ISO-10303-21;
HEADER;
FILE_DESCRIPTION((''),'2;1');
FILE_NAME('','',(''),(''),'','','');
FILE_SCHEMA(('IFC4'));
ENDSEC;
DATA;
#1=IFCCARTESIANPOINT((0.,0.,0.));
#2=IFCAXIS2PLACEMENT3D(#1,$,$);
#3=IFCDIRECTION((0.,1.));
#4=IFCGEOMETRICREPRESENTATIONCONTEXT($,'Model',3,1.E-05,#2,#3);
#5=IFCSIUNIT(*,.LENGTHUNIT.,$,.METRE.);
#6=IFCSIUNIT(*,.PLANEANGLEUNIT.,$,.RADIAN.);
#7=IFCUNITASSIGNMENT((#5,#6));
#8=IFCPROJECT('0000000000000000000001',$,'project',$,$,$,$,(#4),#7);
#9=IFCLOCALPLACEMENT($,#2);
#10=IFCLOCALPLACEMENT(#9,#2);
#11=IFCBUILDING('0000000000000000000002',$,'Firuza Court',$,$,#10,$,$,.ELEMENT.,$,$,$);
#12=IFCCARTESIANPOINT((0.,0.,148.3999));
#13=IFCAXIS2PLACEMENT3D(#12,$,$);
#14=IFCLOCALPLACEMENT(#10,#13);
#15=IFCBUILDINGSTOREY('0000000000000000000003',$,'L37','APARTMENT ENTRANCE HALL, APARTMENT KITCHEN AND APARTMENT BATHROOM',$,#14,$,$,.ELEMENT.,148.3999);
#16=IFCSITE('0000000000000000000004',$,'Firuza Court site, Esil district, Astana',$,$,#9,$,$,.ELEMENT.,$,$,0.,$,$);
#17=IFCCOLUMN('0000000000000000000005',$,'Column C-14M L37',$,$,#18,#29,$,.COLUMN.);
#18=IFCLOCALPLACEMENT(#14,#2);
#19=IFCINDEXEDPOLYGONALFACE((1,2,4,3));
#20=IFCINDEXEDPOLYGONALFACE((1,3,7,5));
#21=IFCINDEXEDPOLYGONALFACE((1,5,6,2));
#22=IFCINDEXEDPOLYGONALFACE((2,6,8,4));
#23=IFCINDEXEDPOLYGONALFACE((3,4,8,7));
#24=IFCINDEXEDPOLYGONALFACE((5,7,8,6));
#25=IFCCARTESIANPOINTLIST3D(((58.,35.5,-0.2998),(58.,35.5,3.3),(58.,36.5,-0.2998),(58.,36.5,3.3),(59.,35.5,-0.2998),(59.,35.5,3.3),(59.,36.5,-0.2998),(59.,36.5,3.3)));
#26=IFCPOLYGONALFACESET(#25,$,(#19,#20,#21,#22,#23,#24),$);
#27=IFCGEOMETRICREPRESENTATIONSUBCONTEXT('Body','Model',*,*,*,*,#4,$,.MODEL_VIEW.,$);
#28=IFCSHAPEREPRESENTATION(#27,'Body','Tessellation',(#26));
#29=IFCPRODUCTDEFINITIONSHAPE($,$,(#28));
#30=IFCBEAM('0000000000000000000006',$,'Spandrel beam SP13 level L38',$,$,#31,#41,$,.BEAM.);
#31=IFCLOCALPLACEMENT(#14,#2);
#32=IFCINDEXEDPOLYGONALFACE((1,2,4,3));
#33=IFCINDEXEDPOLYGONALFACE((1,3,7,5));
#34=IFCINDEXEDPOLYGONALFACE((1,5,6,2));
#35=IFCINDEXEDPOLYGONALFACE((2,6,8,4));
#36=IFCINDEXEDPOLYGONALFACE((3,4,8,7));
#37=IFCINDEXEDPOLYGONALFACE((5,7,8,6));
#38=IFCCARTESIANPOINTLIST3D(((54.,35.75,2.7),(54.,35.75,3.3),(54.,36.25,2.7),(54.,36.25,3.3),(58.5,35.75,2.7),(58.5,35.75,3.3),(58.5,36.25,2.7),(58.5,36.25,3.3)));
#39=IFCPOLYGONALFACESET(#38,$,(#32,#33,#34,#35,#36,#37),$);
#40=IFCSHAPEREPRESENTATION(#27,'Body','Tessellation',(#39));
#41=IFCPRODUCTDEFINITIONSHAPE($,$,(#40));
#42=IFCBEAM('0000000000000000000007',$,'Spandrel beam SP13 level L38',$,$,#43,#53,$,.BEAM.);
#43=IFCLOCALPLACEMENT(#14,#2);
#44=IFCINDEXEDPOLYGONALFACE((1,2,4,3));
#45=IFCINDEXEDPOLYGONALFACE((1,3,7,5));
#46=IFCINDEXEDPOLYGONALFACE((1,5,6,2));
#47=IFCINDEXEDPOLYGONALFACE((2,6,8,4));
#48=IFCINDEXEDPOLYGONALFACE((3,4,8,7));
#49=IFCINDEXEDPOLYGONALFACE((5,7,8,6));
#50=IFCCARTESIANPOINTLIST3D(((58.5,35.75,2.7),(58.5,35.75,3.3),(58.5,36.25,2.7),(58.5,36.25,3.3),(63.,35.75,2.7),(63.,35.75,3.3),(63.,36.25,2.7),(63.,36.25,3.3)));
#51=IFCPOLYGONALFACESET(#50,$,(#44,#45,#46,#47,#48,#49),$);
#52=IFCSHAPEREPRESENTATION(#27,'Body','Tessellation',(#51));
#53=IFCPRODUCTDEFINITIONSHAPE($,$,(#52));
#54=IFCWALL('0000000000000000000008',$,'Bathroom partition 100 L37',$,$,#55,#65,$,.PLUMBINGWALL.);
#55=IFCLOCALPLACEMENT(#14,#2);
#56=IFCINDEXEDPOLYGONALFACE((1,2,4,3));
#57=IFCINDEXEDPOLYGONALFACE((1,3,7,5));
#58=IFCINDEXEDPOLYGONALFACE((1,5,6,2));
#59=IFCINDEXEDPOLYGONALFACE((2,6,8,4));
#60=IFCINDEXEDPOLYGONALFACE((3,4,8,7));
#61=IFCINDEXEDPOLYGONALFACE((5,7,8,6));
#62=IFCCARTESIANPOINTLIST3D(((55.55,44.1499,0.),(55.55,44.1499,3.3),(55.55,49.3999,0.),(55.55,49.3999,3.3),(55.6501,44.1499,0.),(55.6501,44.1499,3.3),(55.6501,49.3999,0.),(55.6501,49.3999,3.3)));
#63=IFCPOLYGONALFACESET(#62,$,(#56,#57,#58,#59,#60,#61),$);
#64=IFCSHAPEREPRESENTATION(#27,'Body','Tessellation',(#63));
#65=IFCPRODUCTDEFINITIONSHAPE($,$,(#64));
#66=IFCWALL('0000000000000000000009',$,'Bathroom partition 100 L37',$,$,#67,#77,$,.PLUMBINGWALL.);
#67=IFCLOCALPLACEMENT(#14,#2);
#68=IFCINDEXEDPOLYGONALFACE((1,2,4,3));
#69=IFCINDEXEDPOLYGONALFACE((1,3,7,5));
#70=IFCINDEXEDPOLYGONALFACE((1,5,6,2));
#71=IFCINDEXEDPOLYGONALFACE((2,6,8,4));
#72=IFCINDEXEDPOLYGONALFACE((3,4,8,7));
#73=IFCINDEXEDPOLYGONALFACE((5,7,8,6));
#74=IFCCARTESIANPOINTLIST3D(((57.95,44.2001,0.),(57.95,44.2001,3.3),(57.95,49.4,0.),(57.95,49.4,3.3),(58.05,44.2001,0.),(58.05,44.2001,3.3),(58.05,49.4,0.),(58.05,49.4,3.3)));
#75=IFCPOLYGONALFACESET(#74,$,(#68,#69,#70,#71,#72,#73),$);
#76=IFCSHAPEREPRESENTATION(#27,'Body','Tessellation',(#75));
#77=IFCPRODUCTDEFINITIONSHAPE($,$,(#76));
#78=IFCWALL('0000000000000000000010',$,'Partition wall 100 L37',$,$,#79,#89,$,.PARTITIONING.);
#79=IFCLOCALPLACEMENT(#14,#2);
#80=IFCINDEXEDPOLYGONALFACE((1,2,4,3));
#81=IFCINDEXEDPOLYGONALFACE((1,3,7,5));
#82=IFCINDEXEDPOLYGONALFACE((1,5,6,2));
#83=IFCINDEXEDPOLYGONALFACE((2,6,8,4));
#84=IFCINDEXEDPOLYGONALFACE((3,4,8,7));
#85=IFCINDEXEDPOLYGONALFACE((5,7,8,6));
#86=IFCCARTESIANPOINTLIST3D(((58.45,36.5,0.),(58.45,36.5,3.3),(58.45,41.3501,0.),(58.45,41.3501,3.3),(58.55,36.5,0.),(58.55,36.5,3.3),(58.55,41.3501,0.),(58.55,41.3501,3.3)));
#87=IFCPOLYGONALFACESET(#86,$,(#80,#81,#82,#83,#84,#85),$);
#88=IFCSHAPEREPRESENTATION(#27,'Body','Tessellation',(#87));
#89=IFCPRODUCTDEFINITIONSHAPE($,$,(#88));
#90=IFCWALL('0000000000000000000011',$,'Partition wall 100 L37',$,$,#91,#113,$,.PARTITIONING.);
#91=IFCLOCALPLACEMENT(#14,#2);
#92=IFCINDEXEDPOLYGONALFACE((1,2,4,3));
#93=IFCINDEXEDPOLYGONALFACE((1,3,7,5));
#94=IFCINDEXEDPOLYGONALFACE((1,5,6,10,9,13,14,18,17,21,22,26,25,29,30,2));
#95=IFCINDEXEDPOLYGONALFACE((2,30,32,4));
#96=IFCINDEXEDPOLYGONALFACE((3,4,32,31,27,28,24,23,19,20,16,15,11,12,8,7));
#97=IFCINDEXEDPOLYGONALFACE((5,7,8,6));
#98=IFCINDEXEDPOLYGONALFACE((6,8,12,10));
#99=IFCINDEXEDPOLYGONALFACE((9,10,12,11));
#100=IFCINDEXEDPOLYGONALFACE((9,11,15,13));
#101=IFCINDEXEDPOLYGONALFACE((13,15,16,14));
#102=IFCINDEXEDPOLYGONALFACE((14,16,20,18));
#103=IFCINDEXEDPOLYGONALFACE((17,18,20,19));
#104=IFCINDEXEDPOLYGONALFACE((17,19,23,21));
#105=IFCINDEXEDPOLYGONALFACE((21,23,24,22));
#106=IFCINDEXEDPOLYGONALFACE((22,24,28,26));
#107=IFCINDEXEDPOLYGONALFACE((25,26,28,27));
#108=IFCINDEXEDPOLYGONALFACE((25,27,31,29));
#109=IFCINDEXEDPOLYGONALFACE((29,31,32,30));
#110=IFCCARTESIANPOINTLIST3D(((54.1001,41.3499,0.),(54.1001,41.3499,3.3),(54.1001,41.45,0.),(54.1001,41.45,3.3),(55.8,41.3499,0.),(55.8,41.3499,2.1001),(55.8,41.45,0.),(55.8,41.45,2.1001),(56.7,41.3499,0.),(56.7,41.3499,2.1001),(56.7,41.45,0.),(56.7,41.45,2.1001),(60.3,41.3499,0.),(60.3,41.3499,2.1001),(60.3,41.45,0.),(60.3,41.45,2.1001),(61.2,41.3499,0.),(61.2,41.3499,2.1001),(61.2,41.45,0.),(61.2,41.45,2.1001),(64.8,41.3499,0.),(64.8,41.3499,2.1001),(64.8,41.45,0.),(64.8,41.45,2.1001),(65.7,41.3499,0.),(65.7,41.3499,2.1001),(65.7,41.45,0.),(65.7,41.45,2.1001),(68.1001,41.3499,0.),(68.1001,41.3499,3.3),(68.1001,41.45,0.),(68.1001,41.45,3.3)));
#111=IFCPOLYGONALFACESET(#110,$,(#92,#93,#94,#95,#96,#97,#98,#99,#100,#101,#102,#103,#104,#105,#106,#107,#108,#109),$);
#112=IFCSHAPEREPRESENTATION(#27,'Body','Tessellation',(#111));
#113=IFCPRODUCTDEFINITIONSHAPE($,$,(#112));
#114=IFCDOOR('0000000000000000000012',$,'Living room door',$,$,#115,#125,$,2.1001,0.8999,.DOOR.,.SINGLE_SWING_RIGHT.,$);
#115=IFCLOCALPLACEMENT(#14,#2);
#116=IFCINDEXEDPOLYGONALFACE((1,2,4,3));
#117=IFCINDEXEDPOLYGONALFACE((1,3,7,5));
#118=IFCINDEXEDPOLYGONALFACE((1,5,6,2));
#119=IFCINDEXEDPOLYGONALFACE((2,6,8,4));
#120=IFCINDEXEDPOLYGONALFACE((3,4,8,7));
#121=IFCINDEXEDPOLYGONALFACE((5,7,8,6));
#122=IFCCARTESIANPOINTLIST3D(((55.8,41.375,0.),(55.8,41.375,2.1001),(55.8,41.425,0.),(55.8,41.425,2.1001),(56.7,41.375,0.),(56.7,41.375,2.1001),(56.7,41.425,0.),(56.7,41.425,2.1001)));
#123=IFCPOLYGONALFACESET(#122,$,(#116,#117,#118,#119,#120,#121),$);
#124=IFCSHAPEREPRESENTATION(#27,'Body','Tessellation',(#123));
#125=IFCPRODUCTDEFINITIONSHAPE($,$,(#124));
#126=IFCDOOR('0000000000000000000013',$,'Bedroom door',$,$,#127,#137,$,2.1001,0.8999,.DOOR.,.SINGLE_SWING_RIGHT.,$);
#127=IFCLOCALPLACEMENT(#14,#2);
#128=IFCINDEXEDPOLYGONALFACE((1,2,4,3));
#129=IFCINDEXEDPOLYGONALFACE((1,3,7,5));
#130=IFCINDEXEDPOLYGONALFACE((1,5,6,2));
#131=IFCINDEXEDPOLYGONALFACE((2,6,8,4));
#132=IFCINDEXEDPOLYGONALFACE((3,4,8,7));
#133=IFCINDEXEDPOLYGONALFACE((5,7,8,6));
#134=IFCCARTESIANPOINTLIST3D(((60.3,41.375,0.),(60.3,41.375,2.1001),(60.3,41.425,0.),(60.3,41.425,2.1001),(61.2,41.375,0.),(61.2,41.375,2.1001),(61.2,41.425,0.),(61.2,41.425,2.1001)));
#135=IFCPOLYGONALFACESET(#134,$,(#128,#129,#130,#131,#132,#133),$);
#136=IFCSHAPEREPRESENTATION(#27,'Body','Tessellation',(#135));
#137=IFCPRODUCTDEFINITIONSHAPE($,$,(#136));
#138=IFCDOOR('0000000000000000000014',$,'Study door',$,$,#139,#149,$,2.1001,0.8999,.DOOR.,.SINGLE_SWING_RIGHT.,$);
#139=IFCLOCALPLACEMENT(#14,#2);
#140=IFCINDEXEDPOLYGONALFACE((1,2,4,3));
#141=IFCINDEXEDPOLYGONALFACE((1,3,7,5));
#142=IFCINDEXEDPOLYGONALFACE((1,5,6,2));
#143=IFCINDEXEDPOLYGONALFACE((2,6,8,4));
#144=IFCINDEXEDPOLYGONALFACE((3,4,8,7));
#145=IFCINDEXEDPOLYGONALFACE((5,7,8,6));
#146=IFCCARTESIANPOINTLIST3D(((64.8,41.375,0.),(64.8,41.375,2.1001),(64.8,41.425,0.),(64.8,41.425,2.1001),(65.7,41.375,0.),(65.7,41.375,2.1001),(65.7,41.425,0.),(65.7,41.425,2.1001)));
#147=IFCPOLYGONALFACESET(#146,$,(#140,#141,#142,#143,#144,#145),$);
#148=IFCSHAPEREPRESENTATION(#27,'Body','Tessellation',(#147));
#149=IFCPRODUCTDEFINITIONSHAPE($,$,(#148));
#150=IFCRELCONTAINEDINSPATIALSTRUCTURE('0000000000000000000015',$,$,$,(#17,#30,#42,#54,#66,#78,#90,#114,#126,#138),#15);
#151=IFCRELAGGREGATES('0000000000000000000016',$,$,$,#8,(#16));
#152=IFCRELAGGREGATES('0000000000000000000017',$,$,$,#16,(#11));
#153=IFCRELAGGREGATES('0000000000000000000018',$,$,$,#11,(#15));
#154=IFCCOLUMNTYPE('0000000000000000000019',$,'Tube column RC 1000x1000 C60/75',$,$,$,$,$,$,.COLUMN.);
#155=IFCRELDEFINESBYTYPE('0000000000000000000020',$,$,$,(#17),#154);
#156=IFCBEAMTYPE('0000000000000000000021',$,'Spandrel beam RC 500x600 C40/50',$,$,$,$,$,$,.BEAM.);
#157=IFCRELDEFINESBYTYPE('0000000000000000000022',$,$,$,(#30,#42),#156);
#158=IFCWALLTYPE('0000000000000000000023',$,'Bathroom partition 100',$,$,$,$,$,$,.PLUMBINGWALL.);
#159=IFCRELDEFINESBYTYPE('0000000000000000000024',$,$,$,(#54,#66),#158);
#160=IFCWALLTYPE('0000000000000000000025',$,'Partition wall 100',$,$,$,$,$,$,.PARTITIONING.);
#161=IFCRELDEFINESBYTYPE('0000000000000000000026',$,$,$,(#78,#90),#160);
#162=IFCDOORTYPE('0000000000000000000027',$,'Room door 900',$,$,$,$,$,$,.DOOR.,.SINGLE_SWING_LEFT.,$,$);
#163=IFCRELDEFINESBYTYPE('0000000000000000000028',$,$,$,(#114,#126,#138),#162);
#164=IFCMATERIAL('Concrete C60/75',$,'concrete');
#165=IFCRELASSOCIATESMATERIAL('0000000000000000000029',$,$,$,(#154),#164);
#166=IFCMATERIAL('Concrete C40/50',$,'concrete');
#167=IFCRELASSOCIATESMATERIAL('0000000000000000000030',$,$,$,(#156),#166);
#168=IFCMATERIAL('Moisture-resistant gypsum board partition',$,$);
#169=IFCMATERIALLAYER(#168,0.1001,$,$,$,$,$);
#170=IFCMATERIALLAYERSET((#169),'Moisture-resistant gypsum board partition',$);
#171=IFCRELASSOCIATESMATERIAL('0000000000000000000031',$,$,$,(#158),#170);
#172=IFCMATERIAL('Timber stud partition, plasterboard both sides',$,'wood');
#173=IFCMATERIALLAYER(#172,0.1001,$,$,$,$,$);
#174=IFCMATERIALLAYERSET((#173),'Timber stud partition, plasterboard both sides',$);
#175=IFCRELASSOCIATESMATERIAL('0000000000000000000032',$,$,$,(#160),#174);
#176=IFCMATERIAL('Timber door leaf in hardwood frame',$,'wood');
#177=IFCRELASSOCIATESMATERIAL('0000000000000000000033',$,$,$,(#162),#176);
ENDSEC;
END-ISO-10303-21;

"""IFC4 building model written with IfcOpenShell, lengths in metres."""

from ifc_helpers import new_model, si_unit, direction, frame, frame_2d, origin, origin_2d, place, context, subcontext, project, spatial, rectangle, extrude, material, layer, layer_set, material_profile, profile_set, type_object, element, fill, save


model = new_model("IFC4")

# Units and contexts
model_context = context("Model", 3, precision=1e-05, world=origin(), true_north=direction((0.0, 1.0)))
body_context = subcontext(model_context, "Body", "Model", "MODEL_VIEW")
ifc_project = project(units=[si_unit("LENGTHUNIT", "METRE"), si_unit("PLANEANGLEUNIT", "RADIAN")], contexts=[model_context])

# Site, building, storey
site_placement = place(None, origin())
site = spatial("IfcSite", under=ifc_project, at=site_placement, Name="Firuza Court site, Esil district, Astana", CompositionType="ELEMENT", RefElevation=0.0)
building_placement = place(site_placement, origin())
building = spatial("IfcBuilding", under=site, at=building_placement, Name="Firuza Court", CompositionType="ELEMENT")
storey_placement = place(building_placement, frame((0.0, 0.0, 148.3999)))
storey = spatial("IfcBuildingStorey", under=building, at=storey_placement, Name="L37", Description="APARTMENT ENTRANCE HALL, APARTMENT KITCHEN AND APARTMENT BATHROOM", CompositionType="ELEMENT", Elevation=148.3999)

# Column
ifc_material_1 = material(Name="Concrete C60/75", Category="concrete")
ifc_material_profile_1 = material_profile(ifc_material_1, rectangle(XDim=1.0, YDim=1.0, at=origin_2d()), Name="RC 1000x1000")
ifc_profile_set_1 = profile_set([ifc_material_profile_1], Name="Concrete C60/75")
column_type = type_object("IfcColumnType", Name="Tube column RC 1000x1000 C60/75", PredefinedType="COLUMN", material=ifc_profile_set_1)
column_placement = place(storey_placement, frame((58.5, 36.0, -0.2998), z_axis=(0.0, 0.0, 1.0), x_axis=(1.0, 0.0, 0.0)))
element("IfcColumn", 1, at=column_placement, inside=storey, type_object=column_type, Name="Column C-14M L37", PredefinedType="COLUMN", context=body_context, shape_type="SweptSolid", body=[
    extrude(rectangle(XDim=1.0, YDim=1.0, at=origin_2d()), origin(), (0.0, 0.0, 1.0), 3.5999),
])

# Beams
ifc_material_2 = material(Name="Concrete C40/50", Category="concrete")
ifc_material_profile_2 = material_profile(ifc_material_2, rectangle(XDim=0.5, YDim=0.6001, at=origin_2d()), Name="RC 500x600")
ifc_profile_set_2 = profile_set([ifc_material_profile_2], Name="Concrete C40/50")
beam_type = type_object("IfcBeamType", Name="Spandrel beam RC 500x600 C40/50", PredefinedType="BEAM", material=ifc_profile_set_2)
for number, where, z_axis, x_axis, name in (
    (2, (54.0, 36.0, 3.0), (1.0, 0.0, 0.0), (0.0, 1.0, 0.0), "Spandrel beam SP13 level L38"),
    (3, (58.5, 36.0, 3.0), (1.0, 0.0, 0.0), (0.0, 1.0, 0.0), "Spandrel beam SP13 level L38"),
):
    element("IfcBeam", number, at=place(storey_placement, frame(where, z_axis=z_axis, x_axis=x_axis)), inside=storey, type_object=beam_type, Name=name, PredefinedType="BEAM", context=body_context, shape_type="SweptSolid", body=[
        extrude(rectangle(XDim=0.5, YDim=0.6001, at=origin_2d()), origin(), (0.0, 0.0, 1.0), 4.5),
    ])

# Walls
ifc_material_3 = material(Name="Moisture-resistant gypsum board partition")
ifc_layer_1 = layer(ifc_material_3, 0.1001)
ifc_layer_set_1 = layer_set([ifc_layer_1], Name="Moisture-resistant gypsum board partition")
wall_type_1 = type_object("IfcWallType", Name="Bathroom partition 100", PredefinedType="PLUMBINGWALL", material=ifc_layer_set_1)
wall_1_placement = place(storey_placement, frame((55.6001, 44.1499, 0.0), z_axis=(0.0, 0.0, 1.0), x_axis=(0.0, 1.0, 0.0)))
element("IfcWall", 4, at=wall_1_placement, inside=storey, type_object=wall_type_1, Name="Bathroom partition 100 L37", PredefinedType="PLUMBINGWALL", context=body_context, shape_type="SweptSolid", body=[
    extrude(rectangle(XDim=5.25, YDim=0.1001, at=frame_2d((2.625, 0.0))), origin(), (0.0, 0.0, 1.0), 3.3),
])
wall_2_placement = place(storey_placement, frame((58.0, 44.2, 0.0), z_axis=(0.0, 0.0, 1.0), x_axis=(0.0, 1.0, 0.0)))
element("IfcWall", 5, at=wall_2_placement, inside=storey, type_object=wall_type_1, Name="Bathroom partition 100 L37", PredefinedType="PLUMBINGWALL", context=body_context, shape_type="SweptSolid", body=[
    extrude(rectangle(XDim=5.2, YDim=0.1001, at=frame_2d((2.6001, 0.0))), origin(), (0.0, 0.0, 1.0), 3.3),
])
ifc_material_4 = material(Name="Timber stud partition, plasterboard both sides", Category="wood")
ifc_layer_2 = layer(ifc_material_4, 0.1001)
ifc_layer_set_2 = layer_set([ifc_layer_2], Name="Timber stud partition, plasterboard both sides")
wall_type_2 = type_object("IfcWallType", Name="Partition wall 100", PredefinedType="PARTITIONING", material=ifc_layer_set_2)
wall_3_placement = place(storey_placement, frame((58.5, 36.5, 0.0), z_axis=(0.0, 0.0, 1.0), x_axis=(0.0, 1.0, 0.0)))
element("IfcWall", 6, at=wall_3_placement, inside=storey, type_object=wall_type_2, Name="Partition wall 100 L37", PredefinedType="PARTITIONING", context=body_context, shape_type="SweptSolid", body=[
    extrude(rectangle(XDim=4.8501, YDim=0.1001, at=frame_2d((2.425, 0.0))), origin(), (0.0, 0.0, 1.0), 3.3),
])

# Wall, openings, doors
wall_4_placement = place(storey_placement, frame((54.1001, 41.3999, 0.0), z_axis=(0.0, 0.0, 1.0), x_axis=(1.0, 0.0, 0.0)))
wall_4 = element("IfcWall", 7, at=wall_4_placement, inside=storey, type_object=wall_type_2, Name="Partition wall 100 L37", PredefinedType="PARTITIONING", context=body_context, shape_type="SweptSolid", body=[
    extrude(rectangle(XDim=14.0, YDim=0.1001, at=frame_2d((7.0, 0.0))), origin(), (0.0, 0.0, 1.0), 3.3),
])
opening_1_placement = place(wall_4_placement, frame((1.7, 0.0, 0.0)))
opening_1 = element("IfcOpeningElement", 8, at=opening_1_placement, cuts=wall_4, PredefinedType="OPENING", context=body_context, shape_type="SweptSolid", body=[
    extrude(rectangle(XDim=0.8999, YDim=2.1001, at=frame_2d((0.45, 1.05))), frame((0.0, 0.062, 0.0), z_axis=(0.0, -1.0, 0.0), x_axis=(1.0, 0.0, 0.0)), (0.0, 0.0, 1.0), 0.124),
])
opening_2_placement = place(wall_4_placement, frame((6.2, 0.0, 0.0)))
opening_2 = element("IfcOpeningElement", 9, at=opening_2_placement, cuts=wall_4, PredefinedType="OPENING", context=body_context, shape_type="SweptSolid", body=[
    extrude(rectangle(XDim=0.8999, YDim=2.1001, at=frame_2d((0.45, 1.05))), frame((0.0, 0.062, 0.0), z_axis=(0.0, -1.0, 0.0), x_axis=(1.0, 0.0, 0.0)), (0.0, 0.0, 1.0), 0.124),
])
opening_3_placement = place(wall_4_placement, frame((10.7, 0.0, 0.0)))
opening_3 = element("IfcOpeningElement", 10, at=opening_3_placement, cuts=wall_4, PredefinedType="OPENING", context=body_context, shape_type="SweptSolid", body=[
    extrude(rectangle(XDim=0.8999, YDim=2.1001, at=frame_2d((0.45, 1.05))), frame((0.0, 0.062, 0.0), z_axis=(0.0, -1.0, 0.0), x_axis=(1.0, 0.0, 0.0)), (0.0, 0.0, 1.0), 0.124),
])
ifc_material_5 = material(Name="Timber door leaf in hardwood frame", Category="wood")
door_type_1 = type_object("IfcDoorType", Name="Room door 900", OperationType="SINGLE_SWING_LEFT", PredefinedType="DOOR", material=ifc_material_5)
door_1_placement = place(opening_1_placement, frame((0.8999, 0.0, 0.0), z_axis=(0.0, 0.0, 1.0), x_axis=(-1.0, 0.0, 0.0)))
door_1 = element("IfcDoor", 11, at=door_1_placement, inside=storey, type_object=door_type_1, Name="Living room door", OperationType="SINGLE_SWING_RIGHT", OverallHeight=2.1001, OverallWidth=0.8999, PredefinedType="DOOR", context=body_context, shape_type="SweptSolid", body=[
    extrude(rectangle(XDim=0.8999, YDim=2.1001, at=frame_2d((0.45, 1.05))), frame((0.0, 0.0249, 0.0), z_axis=(0.0, -1.0, 0.0), x_axis=(1.0, 0.0, 0.0)), (0.0, 0.0, 1.0), 0.05),
])
fill(opening_1, door_1)
door_2_placement = place(opening_2_placement, frame((0.8999, 0.0, 0.0), z_axis=(0.0, 0.0, 1.0), x_axis=(-1.0, 0.0, 0.0)))
door_2 = element("IfcDoor", 12, at=door_2_placement, inside=storey, type_object=door_type_1, Name="Bedroom door", OperationType="SINGLE_SWING_RIGHT", OverallHeight=2.1001, OverallWidth=0.8999, PredefinedType="DOOR", context=body_context, shape_type="SweptSolid", body=[
    extrude(rectangle(XDim=0.8999, YDim=2.1001, at=frame_2d((0.45, 1.05))), frame((0.0, 0.0249, 0.0), z_axis=(0.0, -1.0, 0.0), x_axis=(1.0, 0.0, 0.0)), (0.0, 0.0, 1.0), 0.05),
])
fill(opening_2, door_2)
door_3_placement = place(opening_3_placement, frame((0.8999, 0.0, 0.0), z_axis=(0.0, 0.0, 1.0), x_axis=(-1.0, 0.0, 0.0)))
door_3 = element("IfcDoor", 13, at=door_3_placement, inside=storey, type_object=door_type_1, Name="Study door", OperationType="SINGLE_SWING_RIGHT", OverallHeight=2.1001, OverallWidth=0.8999, PredefinedType="DOOR", context=body_context, shape_type="SweptSolid", body=[
    extrude(rectangle(XDim=0.8999, YDim=2.1001, at=frame_2d((0.45, 1.05))), frame((0.0, 0.0249, 0.0), z_axis=(0.0, -1.0, 0.0), x_axis=(1.0, 0.0, 0.0)), (0.0, 0.0, 1.0), 0.05),
])
fill(opening_3, door_3)

save(model, "model.ifc")
